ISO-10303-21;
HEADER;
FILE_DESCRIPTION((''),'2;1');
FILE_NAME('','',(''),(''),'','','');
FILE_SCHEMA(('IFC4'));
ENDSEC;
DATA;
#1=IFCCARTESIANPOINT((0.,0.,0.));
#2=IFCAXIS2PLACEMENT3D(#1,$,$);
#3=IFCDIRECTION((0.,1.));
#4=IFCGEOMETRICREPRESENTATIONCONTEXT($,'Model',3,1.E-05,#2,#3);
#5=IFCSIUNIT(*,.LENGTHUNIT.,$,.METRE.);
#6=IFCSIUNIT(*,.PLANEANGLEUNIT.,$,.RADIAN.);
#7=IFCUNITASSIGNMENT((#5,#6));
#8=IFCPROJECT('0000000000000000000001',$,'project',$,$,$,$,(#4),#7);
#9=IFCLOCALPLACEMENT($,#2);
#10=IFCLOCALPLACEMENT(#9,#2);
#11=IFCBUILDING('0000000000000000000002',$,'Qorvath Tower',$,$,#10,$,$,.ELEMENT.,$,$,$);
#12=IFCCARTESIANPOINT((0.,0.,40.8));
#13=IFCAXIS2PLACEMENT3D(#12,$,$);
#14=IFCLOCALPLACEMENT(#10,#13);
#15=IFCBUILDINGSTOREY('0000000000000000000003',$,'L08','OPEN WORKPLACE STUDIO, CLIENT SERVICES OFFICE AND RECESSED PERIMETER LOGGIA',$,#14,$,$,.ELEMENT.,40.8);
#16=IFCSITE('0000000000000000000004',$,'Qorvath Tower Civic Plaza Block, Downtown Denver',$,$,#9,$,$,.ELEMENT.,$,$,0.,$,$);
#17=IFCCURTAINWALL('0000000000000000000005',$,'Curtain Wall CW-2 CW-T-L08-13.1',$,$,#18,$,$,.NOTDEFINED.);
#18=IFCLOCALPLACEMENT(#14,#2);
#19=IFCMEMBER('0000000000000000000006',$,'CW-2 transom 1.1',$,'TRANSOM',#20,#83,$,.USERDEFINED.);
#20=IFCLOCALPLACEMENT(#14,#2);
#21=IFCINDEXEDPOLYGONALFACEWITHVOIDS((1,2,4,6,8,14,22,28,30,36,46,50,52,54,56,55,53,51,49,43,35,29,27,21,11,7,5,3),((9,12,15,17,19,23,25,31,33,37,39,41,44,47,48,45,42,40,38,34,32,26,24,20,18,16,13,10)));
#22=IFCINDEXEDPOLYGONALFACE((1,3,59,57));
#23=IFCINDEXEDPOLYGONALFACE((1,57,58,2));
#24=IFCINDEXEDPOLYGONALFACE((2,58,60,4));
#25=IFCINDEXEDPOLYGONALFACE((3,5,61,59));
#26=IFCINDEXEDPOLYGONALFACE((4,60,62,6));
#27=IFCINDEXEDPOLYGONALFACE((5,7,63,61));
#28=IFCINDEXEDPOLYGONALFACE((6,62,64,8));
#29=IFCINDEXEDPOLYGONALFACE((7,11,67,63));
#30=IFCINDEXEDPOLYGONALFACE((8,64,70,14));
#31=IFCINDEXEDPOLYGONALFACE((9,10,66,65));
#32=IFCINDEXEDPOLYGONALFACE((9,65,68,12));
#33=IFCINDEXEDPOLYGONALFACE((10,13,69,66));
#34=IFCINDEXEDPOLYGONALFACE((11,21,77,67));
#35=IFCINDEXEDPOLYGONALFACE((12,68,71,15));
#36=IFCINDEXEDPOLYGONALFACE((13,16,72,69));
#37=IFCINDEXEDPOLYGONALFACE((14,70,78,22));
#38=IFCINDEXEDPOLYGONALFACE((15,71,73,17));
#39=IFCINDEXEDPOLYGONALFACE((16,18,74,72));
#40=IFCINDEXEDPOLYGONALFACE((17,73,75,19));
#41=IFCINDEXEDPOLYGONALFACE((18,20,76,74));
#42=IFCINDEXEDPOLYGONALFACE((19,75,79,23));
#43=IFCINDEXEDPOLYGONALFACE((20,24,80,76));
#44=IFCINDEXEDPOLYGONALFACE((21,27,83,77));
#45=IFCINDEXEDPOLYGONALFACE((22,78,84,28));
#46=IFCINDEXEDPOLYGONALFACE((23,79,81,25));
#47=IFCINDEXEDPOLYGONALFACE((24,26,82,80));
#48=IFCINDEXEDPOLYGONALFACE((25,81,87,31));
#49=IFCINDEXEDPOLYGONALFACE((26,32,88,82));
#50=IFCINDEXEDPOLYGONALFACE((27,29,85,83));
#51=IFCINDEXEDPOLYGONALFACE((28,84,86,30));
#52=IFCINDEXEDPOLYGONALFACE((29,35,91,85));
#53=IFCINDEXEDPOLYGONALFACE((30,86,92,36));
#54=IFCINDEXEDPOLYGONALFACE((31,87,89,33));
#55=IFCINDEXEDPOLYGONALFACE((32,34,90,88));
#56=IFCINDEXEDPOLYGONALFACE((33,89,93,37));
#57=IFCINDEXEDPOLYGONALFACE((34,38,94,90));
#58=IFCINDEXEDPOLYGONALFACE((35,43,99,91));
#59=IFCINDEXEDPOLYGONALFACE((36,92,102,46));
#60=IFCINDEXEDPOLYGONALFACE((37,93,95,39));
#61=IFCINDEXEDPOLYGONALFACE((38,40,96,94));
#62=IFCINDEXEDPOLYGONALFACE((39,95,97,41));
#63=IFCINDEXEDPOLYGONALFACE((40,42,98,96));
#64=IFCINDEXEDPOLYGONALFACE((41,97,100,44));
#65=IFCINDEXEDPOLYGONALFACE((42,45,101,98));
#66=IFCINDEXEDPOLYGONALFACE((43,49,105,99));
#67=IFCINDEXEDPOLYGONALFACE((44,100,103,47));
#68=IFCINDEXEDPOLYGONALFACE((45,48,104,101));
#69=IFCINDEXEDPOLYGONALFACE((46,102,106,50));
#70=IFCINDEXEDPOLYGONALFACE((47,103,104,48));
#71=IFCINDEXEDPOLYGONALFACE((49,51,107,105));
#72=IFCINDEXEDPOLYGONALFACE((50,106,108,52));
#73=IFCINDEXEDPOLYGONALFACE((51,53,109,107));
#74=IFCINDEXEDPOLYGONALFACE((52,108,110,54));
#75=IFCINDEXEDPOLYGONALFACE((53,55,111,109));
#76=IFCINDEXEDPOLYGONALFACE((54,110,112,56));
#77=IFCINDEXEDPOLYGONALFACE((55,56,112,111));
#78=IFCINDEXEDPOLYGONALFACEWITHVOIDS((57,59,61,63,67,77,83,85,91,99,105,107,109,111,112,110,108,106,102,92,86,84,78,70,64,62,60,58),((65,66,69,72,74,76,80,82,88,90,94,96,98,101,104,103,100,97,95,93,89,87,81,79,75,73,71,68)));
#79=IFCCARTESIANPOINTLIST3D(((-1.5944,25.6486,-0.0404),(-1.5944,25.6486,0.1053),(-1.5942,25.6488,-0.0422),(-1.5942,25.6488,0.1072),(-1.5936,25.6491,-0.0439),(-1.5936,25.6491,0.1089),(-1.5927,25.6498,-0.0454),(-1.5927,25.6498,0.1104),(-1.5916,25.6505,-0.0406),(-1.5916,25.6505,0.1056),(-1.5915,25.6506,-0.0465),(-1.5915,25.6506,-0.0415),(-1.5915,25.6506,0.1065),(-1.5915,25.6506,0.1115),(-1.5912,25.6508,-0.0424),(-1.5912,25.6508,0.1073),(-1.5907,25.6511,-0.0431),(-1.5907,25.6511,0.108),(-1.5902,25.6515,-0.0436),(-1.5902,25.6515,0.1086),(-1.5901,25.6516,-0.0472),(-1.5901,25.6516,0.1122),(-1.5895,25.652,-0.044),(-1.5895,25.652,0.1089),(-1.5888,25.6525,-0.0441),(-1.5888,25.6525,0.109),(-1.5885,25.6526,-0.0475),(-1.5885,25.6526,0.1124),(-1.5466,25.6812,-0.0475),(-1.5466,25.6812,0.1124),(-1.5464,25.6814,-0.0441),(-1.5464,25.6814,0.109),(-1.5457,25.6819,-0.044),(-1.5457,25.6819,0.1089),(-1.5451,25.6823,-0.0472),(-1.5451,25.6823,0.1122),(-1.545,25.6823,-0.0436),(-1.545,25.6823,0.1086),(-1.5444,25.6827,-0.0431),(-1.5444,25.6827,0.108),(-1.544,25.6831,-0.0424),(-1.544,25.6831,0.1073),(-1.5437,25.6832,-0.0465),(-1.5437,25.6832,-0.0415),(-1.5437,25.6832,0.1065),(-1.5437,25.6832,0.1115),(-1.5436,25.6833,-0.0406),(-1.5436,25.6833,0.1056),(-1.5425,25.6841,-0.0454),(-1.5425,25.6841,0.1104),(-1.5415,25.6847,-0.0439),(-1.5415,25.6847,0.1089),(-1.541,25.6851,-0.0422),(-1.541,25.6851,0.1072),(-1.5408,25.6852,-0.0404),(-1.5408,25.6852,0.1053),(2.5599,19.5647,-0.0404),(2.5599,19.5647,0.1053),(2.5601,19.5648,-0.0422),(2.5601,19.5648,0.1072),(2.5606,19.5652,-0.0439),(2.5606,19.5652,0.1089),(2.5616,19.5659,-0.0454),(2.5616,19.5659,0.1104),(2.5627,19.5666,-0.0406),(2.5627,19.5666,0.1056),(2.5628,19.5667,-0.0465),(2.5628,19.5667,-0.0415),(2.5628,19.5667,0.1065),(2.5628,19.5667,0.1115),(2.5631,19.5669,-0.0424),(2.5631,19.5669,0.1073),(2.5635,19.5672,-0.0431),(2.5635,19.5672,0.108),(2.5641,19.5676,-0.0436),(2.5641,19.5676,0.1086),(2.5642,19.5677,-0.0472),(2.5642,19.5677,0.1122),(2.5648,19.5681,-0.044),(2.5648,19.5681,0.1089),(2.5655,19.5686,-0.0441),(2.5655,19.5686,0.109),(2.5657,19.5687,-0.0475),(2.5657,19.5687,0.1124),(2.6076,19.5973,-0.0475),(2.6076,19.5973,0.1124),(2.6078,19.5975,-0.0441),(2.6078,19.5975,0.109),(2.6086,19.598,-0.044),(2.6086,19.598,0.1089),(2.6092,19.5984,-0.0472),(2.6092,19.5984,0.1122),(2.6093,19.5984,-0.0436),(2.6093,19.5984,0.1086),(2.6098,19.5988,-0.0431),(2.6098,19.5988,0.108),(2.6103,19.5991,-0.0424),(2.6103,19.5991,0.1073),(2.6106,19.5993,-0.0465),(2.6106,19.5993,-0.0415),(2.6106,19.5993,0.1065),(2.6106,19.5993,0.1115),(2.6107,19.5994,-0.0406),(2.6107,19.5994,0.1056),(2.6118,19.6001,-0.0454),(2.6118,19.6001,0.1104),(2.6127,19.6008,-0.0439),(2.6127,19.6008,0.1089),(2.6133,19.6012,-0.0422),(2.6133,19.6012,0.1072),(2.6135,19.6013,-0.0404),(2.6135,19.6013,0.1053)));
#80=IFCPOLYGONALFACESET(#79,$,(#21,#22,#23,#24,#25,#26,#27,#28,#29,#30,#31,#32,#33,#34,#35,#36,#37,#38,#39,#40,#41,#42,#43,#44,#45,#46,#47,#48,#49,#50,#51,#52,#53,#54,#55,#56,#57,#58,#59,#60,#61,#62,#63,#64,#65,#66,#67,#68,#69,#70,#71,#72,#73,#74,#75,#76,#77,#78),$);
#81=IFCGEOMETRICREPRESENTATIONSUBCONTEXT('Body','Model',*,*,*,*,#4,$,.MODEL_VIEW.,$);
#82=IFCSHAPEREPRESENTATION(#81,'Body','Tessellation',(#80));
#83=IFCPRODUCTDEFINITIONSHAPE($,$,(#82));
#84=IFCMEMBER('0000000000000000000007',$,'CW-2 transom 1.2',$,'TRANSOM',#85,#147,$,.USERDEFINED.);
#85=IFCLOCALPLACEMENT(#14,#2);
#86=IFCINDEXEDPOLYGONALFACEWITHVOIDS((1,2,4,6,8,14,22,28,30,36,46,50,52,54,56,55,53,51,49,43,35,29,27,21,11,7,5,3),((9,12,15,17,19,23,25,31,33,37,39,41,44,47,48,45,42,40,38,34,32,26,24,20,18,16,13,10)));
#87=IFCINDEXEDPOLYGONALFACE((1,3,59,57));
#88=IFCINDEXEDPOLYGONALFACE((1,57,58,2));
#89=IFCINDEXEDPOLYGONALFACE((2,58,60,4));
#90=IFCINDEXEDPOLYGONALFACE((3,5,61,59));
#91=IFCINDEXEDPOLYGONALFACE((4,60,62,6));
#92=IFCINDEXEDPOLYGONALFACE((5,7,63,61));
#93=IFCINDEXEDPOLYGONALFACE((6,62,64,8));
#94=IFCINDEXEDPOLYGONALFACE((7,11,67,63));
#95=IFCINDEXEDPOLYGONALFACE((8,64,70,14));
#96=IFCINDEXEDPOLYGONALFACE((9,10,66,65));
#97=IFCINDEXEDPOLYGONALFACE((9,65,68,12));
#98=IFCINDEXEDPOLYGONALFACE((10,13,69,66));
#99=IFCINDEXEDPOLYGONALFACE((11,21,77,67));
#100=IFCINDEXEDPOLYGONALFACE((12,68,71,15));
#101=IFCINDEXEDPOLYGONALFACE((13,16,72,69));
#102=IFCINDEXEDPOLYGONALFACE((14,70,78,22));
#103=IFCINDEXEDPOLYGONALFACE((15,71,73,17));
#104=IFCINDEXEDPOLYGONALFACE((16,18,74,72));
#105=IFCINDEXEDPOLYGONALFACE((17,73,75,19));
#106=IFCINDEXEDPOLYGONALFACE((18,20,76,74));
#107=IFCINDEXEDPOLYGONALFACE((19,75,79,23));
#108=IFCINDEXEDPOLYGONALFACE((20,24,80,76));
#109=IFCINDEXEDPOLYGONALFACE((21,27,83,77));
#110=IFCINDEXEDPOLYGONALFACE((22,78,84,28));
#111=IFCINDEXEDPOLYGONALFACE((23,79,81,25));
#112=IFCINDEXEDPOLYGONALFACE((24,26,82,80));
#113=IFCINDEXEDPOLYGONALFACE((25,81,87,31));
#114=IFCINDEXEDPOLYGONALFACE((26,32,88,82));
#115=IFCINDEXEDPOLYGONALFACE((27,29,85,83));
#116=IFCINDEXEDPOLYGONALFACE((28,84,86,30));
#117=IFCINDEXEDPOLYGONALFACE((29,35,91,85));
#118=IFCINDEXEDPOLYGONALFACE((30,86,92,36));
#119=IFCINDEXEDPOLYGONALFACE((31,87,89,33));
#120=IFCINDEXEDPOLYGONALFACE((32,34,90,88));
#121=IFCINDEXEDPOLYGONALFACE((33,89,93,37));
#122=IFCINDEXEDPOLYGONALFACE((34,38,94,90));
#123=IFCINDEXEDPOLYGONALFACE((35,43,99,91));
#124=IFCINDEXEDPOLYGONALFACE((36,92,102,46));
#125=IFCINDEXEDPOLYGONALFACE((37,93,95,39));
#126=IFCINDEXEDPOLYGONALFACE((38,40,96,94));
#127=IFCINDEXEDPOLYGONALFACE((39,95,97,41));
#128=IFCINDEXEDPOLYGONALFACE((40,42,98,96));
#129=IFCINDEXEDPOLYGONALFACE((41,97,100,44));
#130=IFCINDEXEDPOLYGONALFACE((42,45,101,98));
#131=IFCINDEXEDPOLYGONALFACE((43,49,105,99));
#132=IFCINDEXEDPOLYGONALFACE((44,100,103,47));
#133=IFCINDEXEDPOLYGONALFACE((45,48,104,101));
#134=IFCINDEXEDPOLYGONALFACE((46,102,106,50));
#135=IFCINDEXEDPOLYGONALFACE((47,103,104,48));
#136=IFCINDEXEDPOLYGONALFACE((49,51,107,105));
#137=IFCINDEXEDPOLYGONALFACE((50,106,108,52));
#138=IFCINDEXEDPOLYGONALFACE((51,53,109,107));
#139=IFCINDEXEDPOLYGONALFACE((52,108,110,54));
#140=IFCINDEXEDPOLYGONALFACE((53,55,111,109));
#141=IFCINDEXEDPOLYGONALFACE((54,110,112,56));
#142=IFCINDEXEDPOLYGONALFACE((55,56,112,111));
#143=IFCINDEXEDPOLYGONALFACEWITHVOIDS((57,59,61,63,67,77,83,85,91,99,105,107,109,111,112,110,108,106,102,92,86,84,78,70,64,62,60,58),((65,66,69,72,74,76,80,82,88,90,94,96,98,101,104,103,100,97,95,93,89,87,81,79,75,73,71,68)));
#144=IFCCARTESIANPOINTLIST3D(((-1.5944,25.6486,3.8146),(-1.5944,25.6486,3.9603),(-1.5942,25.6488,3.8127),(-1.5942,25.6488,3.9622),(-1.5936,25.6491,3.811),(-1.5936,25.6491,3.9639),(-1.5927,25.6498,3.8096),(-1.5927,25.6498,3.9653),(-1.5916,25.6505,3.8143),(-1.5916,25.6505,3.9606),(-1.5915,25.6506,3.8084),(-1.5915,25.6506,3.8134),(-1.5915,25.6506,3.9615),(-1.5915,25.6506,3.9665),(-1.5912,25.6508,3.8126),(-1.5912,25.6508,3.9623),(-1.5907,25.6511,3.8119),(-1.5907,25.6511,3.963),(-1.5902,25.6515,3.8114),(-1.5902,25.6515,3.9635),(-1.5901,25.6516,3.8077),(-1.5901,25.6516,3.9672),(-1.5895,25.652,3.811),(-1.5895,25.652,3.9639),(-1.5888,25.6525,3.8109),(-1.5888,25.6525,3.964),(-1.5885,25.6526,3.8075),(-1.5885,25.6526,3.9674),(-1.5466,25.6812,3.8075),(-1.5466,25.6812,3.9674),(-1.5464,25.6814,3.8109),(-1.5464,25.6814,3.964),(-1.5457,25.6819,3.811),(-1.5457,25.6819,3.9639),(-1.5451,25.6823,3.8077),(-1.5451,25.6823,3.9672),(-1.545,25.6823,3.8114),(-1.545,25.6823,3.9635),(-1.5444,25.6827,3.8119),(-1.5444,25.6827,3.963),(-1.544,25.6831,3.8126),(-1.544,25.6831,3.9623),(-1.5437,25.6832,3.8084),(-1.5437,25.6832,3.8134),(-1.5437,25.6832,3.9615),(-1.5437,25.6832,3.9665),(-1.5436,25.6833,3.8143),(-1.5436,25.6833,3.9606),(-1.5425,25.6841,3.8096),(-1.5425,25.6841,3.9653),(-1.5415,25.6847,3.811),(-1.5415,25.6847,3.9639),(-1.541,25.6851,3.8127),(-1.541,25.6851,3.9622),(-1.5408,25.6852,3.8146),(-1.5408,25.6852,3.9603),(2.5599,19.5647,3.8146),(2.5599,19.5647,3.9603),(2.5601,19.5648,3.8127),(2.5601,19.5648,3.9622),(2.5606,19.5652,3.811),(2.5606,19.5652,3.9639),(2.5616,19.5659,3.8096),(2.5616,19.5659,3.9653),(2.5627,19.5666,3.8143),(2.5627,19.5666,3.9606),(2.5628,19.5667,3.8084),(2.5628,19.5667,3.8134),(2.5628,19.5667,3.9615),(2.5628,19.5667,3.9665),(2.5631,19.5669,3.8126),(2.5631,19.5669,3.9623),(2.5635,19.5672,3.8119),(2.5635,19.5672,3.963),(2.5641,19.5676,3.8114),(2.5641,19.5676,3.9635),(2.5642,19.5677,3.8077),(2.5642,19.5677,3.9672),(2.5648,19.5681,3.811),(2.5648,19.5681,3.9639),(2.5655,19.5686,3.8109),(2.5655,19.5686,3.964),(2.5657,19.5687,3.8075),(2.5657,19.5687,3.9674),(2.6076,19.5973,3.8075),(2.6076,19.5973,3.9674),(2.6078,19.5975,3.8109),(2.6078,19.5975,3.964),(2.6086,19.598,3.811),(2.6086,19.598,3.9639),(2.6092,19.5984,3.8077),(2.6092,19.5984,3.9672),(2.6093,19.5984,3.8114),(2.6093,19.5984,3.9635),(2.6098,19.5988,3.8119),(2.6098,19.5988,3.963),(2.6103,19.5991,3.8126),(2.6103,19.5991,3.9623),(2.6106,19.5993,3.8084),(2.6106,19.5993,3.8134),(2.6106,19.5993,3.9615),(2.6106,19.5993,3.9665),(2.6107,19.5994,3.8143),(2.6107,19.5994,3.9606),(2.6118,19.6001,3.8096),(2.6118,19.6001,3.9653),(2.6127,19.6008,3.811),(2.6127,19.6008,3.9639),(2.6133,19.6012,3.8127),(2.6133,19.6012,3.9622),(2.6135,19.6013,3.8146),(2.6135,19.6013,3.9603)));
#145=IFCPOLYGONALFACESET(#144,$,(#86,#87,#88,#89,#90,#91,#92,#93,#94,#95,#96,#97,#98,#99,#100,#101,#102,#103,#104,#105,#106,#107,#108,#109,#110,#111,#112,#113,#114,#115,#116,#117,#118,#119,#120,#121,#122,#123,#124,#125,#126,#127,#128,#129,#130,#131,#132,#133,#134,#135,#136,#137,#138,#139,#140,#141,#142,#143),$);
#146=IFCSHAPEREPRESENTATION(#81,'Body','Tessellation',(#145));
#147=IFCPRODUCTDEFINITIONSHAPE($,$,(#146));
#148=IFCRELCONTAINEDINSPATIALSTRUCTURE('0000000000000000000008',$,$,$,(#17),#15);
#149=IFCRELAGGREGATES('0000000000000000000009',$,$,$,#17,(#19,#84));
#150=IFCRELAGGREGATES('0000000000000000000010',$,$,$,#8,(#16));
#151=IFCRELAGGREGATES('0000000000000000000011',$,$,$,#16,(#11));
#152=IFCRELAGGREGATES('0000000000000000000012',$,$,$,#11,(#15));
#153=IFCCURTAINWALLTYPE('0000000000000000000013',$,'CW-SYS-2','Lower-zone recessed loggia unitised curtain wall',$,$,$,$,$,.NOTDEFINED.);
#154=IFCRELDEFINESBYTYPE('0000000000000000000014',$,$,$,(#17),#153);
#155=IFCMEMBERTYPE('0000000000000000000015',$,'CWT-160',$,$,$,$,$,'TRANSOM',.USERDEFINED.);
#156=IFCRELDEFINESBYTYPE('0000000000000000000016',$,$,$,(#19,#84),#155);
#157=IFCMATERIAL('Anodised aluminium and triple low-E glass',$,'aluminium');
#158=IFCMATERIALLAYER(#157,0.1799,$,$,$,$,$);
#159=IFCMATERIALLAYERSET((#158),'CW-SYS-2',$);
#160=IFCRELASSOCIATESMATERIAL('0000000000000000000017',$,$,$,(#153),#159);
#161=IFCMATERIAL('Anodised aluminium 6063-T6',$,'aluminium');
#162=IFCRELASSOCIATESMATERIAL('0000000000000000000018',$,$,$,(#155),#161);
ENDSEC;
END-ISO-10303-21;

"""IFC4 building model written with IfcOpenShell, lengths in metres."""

from ifc_helpers import new_model, si_unit, direction, frame, origin, origin_2d, place, context, subcontext, project, spatial, hollow_rectangle, extrude, material, layer, layer_set, material_profile, profile_set, type_object, element, aggregate, save


model = new_model("IFC4")

# Units and contexts
model_context = context("Model", 3, precision=1e-05, world=origin(), true_north=direction((0.0, 1.0)))
body_context = subcontext(model_context, "Body", "Model", "MODEL_VIEW")
ifc_project = project(units=[si_unit("LENGTHUNIT", "METRE"), si_unit("PLANEANGLEUNIT", "RADIAN")], contexts=[model_context])

# Site, building, storey
site_placement = place(None, origin())
site = spatial("IfcSite", under=ifc_project, at=site_placement, Name="Qorvath Tower Civic Plaza Block, Downtown Denver", CompositionType="ELEMENT", RefElevation=0.0)
building_placement = place(site_placement, origin())
building = spatial("IfcBuilding", under=site, at=building_placement, Name="Qorvath Tower", CompositionType="ELEMENT")
storey_placement = place(building_placement, frame((0.0, 0.0, 40.8)))
storey = spatial("IfcBuildingStorey", under=building, at=storey_placement, Name="L08", Description="OPEN WORKPLACE STUDIO, CLIENT SERVICES OFFICE AND RECESSED PERIMETER LOGGIA", CompositionType="ELEMENT", Elevation=40.8)

# Shared definitions
ifc_material_1 = material(Name="Anodised aluminium and triple low-E glass", Category="aluminium")
ifc_layer_1 = layer(ifc_material_1, 0.1799)
ifc_layer_set_1 = layer_set([ifc_layer_1], Name="CW-SYS-2")
curtain_wall_type = type_object("IfcCurtainWallType", Name="CW-SYS-2", Description="Lower-zone recessed loggia unitised curtain wall", PredefinedType="NOTDEFINED", material=ifc_layer_set_1)

# Curtain wall
curtain_wall_1_placement = place(storey_placement, origin())
curtain_wall_1 = element("IfcCurtainWall", 1, at=curtain_wall_1_placement, inside=storey, type_object=curtain_wall_type, Name="Curtain Wall CW-2 CW-T-L08-13.1", PredefinedType="NOTDEFINED")

# Members
ifc_material_2 = material(Name="Anodised aluminium 6063-T6", Category="aluminium")
ifc_material_profile_1 = material_profile(ifc_material_2, hollow_rectangle(XDim=0.0649, YDim=0.1599, WallThickness=0.0034, InnerFilletRadius=0.0034, OuterFilletRadius=0.0071, at=origin_2d()), Name="CWT 160x65")
ifc_profile_set_1 = profile_set([ifc_material_profile_1], Name="Anodised aluminium 6063-T6")
member_type_1 = type_object("IfcMemberType", Name="CWT-160", ElementType="TRANSOM", PredefinedType="USERDEFINED", material=ifc_profile_set_1)
member_1_placement = place(storey_placement, frame((2.5867, 19.583, 0.0325), z_axis=(-0.563904, 0.82584, 0.0), x_axis=(-0.82584, -0.563904, 0.0)))
member_1 = element("IfcMember", 2, at=member_1_placement, type_object=member_type_1, Name="CW-2 transom 1.1", ObjectType="TRANSOM", PredefinedType="USERDEFINED", context=body_context, shape_type="SweptSolid", body=[
    extrude(hollow_rectangle(XDim=0.0649, YDim=0.1599, WallThickness=0.0034, InnerFilletRadius=0.0034, OuterFilletRadius=0.0071, at=origin_2d()), origin(), (0.0, 0.0, 1.0), 7.3669),
])
member_2_placement = place(storey_placement, frame((2.5867, 19.583, 3.8875), z_axis=(-0.563904, 0.82584, 0.0), x_axis=(-0.82584, -0.563904, 0.0)))
member_2 = element("IfcMember", 3, at=member_2_placement, type_object=member_type_1, Name="CW-2 transom 1.2", ObjectType="TRANSOM", PredefinedType="USERDEFINED", context=body_context, shape_type="SweptSolid", body=[
    extrude(hollow_rectangle(XDim=0.0649, YDim=0.1599, WallThickness=0.0034, InnerFilletRadius=0.0034, OuterFilletRadius=0.0071, at=origin_2d()), origin(), (0.0, 0.0, 1.0), 7.3669),
])

aggregate(curtain_wall_1, [member_1, member_2])

save(model, "model.ifc")
